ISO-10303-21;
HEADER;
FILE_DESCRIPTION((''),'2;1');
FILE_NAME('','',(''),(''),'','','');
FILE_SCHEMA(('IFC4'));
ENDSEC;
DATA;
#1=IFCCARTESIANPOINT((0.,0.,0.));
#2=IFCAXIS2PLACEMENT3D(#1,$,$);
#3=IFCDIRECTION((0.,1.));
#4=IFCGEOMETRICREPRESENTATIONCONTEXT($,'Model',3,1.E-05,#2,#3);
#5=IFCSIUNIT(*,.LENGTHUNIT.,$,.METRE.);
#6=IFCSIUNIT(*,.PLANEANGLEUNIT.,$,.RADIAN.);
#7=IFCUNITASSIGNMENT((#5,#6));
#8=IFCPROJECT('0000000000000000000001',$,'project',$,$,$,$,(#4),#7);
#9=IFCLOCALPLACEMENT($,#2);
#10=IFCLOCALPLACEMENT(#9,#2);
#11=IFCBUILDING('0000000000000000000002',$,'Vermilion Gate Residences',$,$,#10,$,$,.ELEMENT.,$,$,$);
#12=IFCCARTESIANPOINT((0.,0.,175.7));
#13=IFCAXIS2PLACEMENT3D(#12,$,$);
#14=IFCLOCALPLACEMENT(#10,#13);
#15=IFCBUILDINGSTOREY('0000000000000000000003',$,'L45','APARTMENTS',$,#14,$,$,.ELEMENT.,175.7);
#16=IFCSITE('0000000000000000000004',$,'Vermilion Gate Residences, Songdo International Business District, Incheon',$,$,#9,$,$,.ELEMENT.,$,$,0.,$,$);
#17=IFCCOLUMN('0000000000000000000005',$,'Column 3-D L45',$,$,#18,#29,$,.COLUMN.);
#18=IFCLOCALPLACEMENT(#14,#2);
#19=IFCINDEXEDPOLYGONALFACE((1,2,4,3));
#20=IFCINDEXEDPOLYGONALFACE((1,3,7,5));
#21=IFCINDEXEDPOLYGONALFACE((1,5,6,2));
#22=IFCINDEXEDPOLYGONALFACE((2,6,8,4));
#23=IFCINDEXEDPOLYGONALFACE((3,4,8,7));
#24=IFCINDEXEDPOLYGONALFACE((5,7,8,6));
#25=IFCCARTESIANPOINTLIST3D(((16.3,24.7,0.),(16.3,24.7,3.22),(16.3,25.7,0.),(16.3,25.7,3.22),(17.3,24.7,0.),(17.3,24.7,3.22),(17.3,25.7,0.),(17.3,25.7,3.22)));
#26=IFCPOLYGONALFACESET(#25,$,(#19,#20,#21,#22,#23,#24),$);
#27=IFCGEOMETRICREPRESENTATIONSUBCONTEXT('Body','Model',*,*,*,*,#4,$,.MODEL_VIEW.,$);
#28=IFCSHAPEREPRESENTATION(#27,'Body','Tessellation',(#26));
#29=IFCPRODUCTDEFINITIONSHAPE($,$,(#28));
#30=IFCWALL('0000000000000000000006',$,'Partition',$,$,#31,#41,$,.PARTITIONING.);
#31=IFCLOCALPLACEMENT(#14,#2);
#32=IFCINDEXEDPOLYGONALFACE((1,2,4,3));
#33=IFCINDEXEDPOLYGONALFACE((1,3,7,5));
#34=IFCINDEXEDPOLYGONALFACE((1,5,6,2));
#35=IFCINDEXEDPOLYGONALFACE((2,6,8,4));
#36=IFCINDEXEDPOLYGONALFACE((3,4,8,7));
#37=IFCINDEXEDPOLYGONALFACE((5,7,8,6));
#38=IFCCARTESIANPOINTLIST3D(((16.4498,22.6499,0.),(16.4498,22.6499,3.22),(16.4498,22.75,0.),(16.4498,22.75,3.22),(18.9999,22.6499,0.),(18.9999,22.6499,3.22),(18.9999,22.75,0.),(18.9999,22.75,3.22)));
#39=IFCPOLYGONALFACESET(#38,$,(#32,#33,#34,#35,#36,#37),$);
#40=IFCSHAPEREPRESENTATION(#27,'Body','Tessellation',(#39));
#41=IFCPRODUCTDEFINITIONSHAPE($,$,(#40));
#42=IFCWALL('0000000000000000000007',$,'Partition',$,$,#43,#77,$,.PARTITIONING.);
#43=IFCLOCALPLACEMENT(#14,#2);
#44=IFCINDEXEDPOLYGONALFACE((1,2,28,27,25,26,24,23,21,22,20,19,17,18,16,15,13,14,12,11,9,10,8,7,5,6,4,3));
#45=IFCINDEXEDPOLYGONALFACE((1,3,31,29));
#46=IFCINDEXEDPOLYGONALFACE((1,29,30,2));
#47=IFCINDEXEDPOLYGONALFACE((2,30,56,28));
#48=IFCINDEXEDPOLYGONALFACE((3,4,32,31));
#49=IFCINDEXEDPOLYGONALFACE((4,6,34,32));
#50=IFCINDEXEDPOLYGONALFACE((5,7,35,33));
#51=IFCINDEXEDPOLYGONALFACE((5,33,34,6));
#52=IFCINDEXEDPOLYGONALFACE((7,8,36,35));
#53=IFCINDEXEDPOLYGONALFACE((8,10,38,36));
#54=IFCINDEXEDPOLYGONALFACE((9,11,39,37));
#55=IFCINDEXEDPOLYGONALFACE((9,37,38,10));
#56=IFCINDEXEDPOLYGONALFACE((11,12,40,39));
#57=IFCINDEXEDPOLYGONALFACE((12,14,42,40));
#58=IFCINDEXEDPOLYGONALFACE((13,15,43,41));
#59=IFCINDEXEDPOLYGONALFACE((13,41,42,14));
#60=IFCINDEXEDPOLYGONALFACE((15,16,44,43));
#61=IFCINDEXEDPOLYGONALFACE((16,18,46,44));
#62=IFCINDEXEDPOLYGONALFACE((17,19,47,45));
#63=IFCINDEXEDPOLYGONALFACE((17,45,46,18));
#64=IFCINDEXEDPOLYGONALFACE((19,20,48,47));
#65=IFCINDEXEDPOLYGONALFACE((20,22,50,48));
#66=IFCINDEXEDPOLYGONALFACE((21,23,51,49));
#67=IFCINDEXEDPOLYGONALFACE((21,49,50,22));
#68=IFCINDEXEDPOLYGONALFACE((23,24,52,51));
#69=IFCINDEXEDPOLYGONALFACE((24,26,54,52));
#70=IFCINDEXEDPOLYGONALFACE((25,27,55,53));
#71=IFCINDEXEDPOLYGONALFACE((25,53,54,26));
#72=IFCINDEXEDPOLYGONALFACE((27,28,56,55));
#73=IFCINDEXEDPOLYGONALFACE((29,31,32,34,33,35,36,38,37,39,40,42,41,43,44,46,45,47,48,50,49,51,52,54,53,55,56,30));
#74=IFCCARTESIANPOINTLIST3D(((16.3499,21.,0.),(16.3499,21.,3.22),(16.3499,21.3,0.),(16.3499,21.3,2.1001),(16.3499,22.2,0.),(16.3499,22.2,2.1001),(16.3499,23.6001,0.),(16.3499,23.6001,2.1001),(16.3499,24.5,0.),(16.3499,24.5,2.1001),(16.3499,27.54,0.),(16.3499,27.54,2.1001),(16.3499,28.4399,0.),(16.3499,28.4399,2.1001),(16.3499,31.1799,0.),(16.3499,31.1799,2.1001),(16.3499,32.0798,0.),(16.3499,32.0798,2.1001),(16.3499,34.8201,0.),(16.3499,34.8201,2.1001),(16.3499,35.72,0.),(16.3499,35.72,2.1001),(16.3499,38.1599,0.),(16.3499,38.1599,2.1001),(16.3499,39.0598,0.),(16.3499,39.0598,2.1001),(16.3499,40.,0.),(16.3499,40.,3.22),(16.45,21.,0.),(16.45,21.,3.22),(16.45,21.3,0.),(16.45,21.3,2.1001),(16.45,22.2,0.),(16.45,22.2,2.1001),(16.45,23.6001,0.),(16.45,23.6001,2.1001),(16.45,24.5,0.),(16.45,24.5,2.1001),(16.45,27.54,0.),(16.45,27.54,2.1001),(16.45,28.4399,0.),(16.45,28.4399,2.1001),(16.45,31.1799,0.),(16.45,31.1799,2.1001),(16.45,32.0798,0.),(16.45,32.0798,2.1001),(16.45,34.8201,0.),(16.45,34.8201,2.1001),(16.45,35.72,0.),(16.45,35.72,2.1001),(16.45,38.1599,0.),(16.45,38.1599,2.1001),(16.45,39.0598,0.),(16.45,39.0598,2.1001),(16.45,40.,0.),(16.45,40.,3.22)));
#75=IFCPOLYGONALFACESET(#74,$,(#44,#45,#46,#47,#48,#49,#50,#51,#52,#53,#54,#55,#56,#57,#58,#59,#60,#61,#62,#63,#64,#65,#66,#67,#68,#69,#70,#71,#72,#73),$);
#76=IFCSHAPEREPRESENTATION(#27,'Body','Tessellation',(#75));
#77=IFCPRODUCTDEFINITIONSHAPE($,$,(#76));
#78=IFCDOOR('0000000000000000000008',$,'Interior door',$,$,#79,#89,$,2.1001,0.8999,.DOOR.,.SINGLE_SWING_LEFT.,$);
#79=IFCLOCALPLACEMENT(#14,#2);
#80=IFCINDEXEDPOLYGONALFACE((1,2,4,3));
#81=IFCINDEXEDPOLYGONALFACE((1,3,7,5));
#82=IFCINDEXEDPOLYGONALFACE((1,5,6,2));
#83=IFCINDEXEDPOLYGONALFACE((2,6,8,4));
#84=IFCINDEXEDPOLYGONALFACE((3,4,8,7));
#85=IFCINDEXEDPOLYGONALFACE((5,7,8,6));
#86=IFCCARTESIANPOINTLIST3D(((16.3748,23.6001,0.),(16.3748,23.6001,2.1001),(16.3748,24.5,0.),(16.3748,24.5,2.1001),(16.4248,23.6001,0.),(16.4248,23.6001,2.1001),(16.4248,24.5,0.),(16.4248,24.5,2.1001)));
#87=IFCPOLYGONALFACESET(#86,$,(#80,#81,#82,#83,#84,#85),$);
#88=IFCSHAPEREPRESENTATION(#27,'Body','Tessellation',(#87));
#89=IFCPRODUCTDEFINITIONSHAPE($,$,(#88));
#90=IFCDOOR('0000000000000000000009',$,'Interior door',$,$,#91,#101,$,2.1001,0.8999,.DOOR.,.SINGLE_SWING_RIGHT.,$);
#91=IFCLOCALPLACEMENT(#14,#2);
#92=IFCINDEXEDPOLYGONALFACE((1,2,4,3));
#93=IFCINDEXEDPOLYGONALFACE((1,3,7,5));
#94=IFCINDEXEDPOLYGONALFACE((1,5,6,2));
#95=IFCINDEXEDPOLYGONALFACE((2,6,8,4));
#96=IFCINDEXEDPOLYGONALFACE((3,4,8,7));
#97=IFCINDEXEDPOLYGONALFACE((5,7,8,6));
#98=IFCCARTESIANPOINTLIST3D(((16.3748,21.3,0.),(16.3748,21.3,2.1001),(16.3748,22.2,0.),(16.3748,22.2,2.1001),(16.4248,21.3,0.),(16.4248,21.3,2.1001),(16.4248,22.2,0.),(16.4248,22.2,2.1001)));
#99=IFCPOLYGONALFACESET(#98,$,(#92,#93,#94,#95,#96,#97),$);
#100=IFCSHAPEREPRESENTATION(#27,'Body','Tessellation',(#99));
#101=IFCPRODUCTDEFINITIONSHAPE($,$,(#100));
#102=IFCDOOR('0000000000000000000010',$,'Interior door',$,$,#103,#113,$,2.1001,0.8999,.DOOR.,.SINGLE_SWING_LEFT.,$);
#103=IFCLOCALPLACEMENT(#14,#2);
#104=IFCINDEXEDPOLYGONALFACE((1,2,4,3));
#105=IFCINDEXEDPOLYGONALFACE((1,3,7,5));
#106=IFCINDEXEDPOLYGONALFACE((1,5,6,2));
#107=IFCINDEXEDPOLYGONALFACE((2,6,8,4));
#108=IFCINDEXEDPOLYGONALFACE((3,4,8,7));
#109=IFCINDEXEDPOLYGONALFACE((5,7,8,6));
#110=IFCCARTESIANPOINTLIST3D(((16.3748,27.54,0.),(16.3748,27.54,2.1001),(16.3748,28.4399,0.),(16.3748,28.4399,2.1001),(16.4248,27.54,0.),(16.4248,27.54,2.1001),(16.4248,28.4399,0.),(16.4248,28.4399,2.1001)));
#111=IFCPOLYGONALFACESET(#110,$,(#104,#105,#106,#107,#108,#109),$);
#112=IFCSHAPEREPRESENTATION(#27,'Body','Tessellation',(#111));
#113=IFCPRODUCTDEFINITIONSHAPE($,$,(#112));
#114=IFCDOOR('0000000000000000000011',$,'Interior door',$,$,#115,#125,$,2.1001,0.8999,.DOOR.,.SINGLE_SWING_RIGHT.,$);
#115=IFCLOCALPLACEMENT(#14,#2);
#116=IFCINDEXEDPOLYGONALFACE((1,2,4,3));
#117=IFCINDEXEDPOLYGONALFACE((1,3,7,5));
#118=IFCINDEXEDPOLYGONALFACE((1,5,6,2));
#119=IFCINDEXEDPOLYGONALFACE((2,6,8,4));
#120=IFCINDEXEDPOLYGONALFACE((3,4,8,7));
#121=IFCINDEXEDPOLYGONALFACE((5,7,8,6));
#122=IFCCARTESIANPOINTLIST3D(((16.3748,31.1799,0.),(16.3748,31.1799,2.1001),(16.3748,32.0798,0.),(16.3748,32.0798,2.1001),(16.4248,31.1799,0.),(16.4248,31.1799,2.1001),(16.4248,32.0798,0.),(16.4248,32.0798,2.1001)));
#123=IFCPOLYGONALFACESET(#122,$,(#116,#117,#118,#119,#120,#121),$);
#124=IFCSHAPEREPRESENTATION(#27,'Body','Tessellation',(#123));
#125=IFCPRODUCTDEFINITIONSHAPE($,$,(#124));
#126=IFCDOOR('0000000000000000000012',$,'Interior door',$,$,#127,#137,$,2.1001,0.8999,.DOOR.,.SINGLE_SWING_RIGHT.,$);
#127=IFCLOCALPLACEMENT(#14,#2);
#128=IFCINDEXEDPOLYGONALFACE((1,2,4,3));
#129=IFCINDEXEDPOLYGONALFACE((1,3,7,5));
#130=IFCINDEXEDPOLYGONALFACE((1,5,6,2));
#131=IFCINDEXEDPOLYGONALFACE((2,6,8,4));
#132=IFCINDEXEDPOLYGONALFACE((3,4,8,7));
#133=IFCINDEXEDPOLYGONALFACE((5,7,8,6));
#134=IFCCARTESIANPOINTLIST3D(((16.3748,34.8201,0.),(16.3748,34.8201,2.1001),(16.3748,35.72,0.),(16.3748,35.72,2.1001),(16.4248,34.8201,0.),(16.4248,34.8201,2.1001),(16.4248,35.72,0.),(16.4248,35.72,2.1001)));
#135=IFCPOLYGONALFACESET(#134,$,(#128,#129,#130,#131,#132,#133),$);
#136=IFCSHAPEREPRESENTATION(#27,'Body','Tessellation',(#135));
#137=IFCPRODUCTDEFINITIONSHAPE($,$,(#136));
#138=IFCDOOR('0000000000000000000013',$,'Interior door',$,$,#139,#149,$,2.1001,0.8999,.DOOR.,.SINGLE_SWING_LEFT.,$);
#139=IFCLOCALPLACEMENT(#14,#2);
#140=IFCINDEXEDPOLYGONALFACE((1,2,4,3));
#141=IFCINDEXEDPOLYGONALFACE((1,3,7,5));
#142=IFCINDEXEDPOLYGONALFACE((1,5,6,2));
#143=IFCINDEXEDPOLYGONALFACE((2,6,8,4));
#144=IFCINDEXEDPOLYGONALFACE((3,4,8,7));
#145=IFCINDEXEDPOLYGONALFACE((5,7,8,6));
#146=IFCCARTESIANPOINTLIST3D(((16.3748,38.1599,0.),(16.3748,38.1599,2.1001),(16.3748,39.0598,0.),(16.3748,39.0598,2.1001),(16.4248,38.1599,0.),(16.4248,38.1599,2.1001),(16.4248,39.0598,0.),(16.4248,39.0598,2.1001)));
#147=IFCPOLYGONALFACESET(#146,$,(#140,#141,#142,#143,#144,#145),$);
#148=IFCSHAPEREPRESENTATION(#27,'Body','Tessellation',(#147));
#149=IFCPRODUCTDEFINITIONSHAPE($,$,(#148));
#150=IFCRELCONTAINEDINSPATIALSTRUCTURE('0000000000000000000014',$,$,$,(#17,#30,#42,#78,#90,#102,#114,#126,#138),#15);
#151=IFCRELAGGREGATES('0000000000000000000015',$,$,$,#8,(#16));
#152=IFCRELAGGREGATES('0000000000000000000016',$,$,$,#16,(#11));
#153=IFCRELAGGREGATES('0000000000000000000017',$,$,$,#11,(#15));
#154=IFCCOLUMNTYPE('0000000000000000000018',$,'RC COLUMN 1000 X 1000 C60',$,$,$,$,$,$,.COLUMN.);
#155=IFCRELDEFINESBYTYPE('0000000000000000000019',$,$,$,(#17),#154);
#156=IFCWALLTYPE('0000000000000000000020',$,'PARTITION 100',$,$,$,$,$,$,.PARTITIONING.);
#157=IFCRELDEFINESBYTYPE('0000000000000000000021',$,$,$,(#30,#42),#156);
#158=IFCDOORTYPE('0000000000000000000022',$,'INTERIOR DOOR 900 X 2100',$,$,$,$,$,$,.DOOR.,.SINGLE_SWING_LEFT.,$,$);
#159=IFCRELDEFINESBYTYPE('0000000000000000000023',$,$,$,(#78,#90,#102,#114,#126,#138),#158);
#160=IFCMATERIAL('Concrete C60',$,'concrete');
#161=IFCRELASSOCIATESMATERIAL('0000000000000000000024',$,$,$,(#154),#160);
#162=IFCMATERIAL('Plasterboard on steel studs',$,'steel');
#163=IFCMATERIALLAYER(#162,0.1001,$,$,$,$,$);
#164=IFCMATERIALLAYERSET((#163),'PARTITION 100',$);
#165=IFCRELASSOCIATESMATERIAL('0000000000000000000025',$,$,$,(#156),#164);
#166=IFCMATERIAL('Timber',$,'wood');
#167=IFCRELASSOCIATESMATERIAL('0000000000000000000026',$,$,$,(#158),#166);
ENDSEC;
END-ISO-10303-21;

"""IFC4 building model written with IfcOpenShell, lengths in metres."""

from ifc_helpers import new_model, si_unit, direction, frame, frame_2d, origin, origin_2d, place, context, subcontext, project, spatial, rectangle, extrude, material, layer, layer_set, material_profile, profile_set, type_object, element, fill, save


model = new_model("IFC4")

# Units and contexts
model_context = context("Model", 3, precision=1e-05, world=origin(), true_north=direction((0.0, 1.0)))
body_context = subcontext(model_context, "Body", "Model", "MODEL_VIEW")
ifc_project = project(units=[si_unit("LENGTHUNIT", "METRE"), si_unit("PLANEANGLEUNIT", "RADIAN")], contexts=[model_context])

# Site, building, storey
site_placement = place(None, origin())
site = spatial("IfcSite", under=ifc_project, at=site_placement, Name="Vermilion Gate Residences, Songdo International Business District, Incheon", CompositionType="ELEMENT", RefElevation=0.0)
building_placement = place(site_placement, origin())
building = spatial("IfcBuilding", under=site, at=building_placement, Name="Vermilion Gate Residences", CompositionType="ELEMENT")
storey_placement = place(building_placement, frame((0.0, 0.0, 175.7)))
storey = spatial("IfcBuildingStorey", under=building, at=storey_placement, Name="L45", Description="APARTMENTS", CompositionType="ELEMENT", Elevation=175.7)

# Column
ifc_material_1 = material(Name="Concrete C60", Category="concrete")
ifc_material_profile = material_profile(ifc_material_1, rectangle(XDim=1.0, YDim=1.0, at=origin_2d()), Name="RC-1000x1000")
ifc_profile_set = profile_set([ifc_material_profile], Name="Concrete C60")
column_type = type_object("IfcColumnType", Name="RC COLUMN 1000 X 1000 C60", PredefinedType="COLUMN", material=ifc_profile_set)
column_placement = place(storey_placement, frame((16.8, 25.2, 0.0), z_axis=(0.0, 0.0, 1.0), x_axis=(1.0, 0.0, 0.0)))
element("IfcColumn", 1, at=column_placement, inside=storey, type_object=column_type, Name="Column 3-D L45", PredefinedType="COLUMN", context=body_context, shape_type="SweptSolid", body=[
    extrude(rectangle(XDim=1.0, YDim=1.0, at=origin_2d()), origin(), (0.0, 0.0, 1.0), 3.22),
])

# Wall
ifc_material_2 = material(Name="Plasterboard on steel studs", Category="steel")
ifc_layer_1 = layer(ifc_material_2, 0.1001)
ifc_layer_set_1 = layer_set([ifc_layer_1], Name="PARTITION 100")
wall_type_1 = type_object("IfcWallType", Name="PARTITION 100", PredefinedType="PARTITIONING", material=ifc_layer_set_1)
wall_1_placement = place(storey_placement, frame((16.45, 22.7, 0.0), z_axis=(0.0, 0.0, 1.0), x_axis=(1.0, 0.0, 0.0)))
element("IfcWall", 2, at=wall_1_placement, inside=storey, type_object=wall_type_1, Name="Partition", PredefinedType="PARTITIONING", context=body_context, shape_type="SweptSolid", body=[
    extrude(rectangle(XDim=2.55, YDim=0.1001, at=frame_2d((1.2749, 0.0))), origin(), (0.0, 0.0, 1.0), 3.22),
])

# Wall, openings, doors
wall_2_placement = place(storey_placement, frame((16.3999, 21.0, 0.0), z_axis=(0.0, 0.0, 1.0), x_axis=(0.0, 1.0, 0.0)))
wall_2 = element("IfcWall", 3, at=wall_2_placement, inside=storey, type_object=wall_type_1, Name="Partition", PredefinedType="PARTITIONING", context=body_context, shape_type="SweptSolid", body=[
    extrude(rectangle(XDim=19.0, YDim=0.1001, at=frame_2d((9.5, 0.0))), origin(), (0.0, 0.0, 1.0), 3.22),
])
opening_1_placement = place(wall_2_placement, frame((2.6001, 0.0, 0.0)))
opening_1 = element("IfcOpeningElement", 4, at=opening_1_placement, cuts=wall_2, PredefinedType="OPENING", context=body_context, shape_type="SweptSolid", body=[
    extrude(rectangle(XDim=0.8999, YDim=2.1001, at=frame_2d((0.45, 1.05))), frame((0.0, 0.0601, 0.0), z_axis=(0.0, -1.0, 0.0), x_axis=(1.0, 0.0, 0.0)), (0.0, 0.0, 1.0), 0.1201),
])
opening_2_placement = place(wall_2_placement, frame((0.3, 0.0, 0.0)))
opening_2 = element("IfcOpeningElement", 5, at=opening_2_placement, cuts=wall_2, PredefinedType="OPENING", context=body_context, shape_type="SweptSolid", body=[
    extrude(rectangle(XDim=0.8999, YDim=2.1001, at=frame_2d((0.45, 1.05))), frame((0.0, 0.0601, 0.0), z_axis=(0.0, -1.0, 0.0), x_axis=(1.0, 0.0, 0.0)), (0.0, 0.0, 1.0), 0.1201),
])
opening_3_placement = place(wall_2_placement, frame((6.54, 0.0, 0.0)))
opening_3 = element("IfcOpeningElement", 6, at=opening_3_placement, cuts=wall_2, PredefinedType="OPENING", context=body_context, shape_type="SweptSolid", body=[
    extrude(rectangle(XDim=0.8999, YDim=2.1001, at=frame_2d((0.45, 1.05))), frame((0.0, 0.0601, 0.0), z_axis=(0.0, -1.0, 0.0), x_axis=(1.0, 0.0, 0.0)), (0.0, 0.0, 1.0), 0.1201),
])
opening_4_placement = place(wall_2_placement, frame((10.1799, 0.0, 0.0)))
opening_4 = element("IfcOpeningElement", 7, at=opening_4_placement, cuts=wall_2, PredefinedType="OPENING", context=body_context, shape_type="SweptSolid", body=[
    extrude(rectangle(XDim=0.8999, YDim=2.1001, at=frame_2d((0.45, 1.05))), frame((0.0, 0.0601, 0.0), z_axis=(0.0, -1.0, 0.0), x_axis=(1.0, 0.0, 0.0)), (0.0, 0.0, 1.0), 0.1201),
])
opening_5_placement = place(wall_2_placement, frame((13.8201, 0.0, 0.0)))
opening_5 = element("IfcOpeningElement", 8, at=opening_5_placement, cuts=wall_2, PredefinedType="OPENING", context=body_context, shape_type="SweptSolid", body=[
    extrude(rectangle(XDim=0.8999, YDim=2.1001, at=frame_2d((0.45, 1.05))), frame((0.0, 0.0601, 0.0), z_axis=(0.0, -1.0, 0.0), x_axis=(1.0, 0.0, 0.0)), (0.0, 0.0, 1.0), 0.1201),
])
opening_6_placement = place(wall_2_placement, frame((17.1599, 0.0, 0.0)))
opening_6 = element("IfcOpeningElement", 9, at=opening_6_placement, cuts=wall_2, PredefinedType="OPENING", context=body_context, shape_type="SweptSolid", body=[
    extrude(rectangle(XDim=0.8999, YDim=2.1001, at=frame_2d((0.45, 1.05))), frame((0.0, 0.0601, 0.0), z_axis=(0.0, -1.0, 0.0), x_axis=(1.0, 0.0, 0.0)), (0.0, 0.0, 1.0), 0.1201),
])
ifc_material_3 = material(Name="Timber", Category="wood")
door_type_1 = type_object("IfcDoorType", Name="INTERIOR DOOR 900 X 2100", OperationType="SINGLE_SWING_LEFT", PredefinedType="DOOR", material=ifc_material_3)
door_1_placement = place(opening_1_placement, frame((0.8999, 0.0, 0.0), z_axis=(0.0, 0.0, 1.0), x_axis=(-1.0, 0.0, 0.0)))
door_1 = element("IfcDoor", 10, at=door_1_placement, inside=storey, type_object=door_type_1, Name="Interior door", OperationType="SINGLE_SWING_LEFT", OverallHeight=2.1001, OverallWidth=0.8999, PredefinedType="DOOR", context=body_context, shape_type="SweptSolid", body=[
    extrude(rectangle(XDim=0.8999, YDim=2.1001, at=frame_2d((0.45, 1.05))), frame((0.0, 0.0249, 0.0), z_axis=(0.0, -1.0, 0.0), x_axis=(1.0, 0.0, 0.0)), (0.0, 0.0, 1.0), 0.05),
])
fill(opening_1, door_1)
door_2_placement = place(opening_2_placement, frame((0.8999, 0.0, 0.0), z_axis=(0.0, 0.0, 1.0), x_axis=(-1.0, 0.0, 0.0)))
door_2 = element("IfcDoor", 11, at=door_2_placement, inside=storey, type_object=door_type_1, Name="Interior door", OperationType="SINGLE_SWING_RIGHT", OverallHeight=2.1001, OverallWidth=0.8999, PredefinedType="DOOR", context=body_context, shape_type="SweptSolid", body=[
    extrude(rectangle(XDim=0.8999, YDim=2.1001, at=frame_2d((0.45, 1.05))), frame((0.0, 0.0249, 0.0), z_axis=(0.0, -1.0, 0.0), x_axis=(1.0, 0.0, 0.0)), (0.0, 0.0, 1.0), 0.05),
])
fill(opening_2, door_2)
door_3_placement = place(opening_3_placement, frame((0.8999, 0.0, 0.0), z_axis=(0.0, 0.0, 1.0), x_axis=(-1.0, 0.0, 0.0)))
door_3 = element("IfcDoor", 12, at=door_3_placement, inside=storey, type_object=door_type_1, Name="Interior door", OperationType="SINGLE_SWING_LEFT", OverallHeight=2.1001, OverallWidth=0.8999, PredefinedType="DOOR", context=body_context, shape_type="SweptSolid", body=[
    extrude(rectangle(XDim=0.8999, YDim=2.1001, at=frame_2d((0.45, 1.05))), frame((0.0, 0.0249, 0.0), z_axis=(0.0, -1.0, 0.0), x_axis=(1.0, 0.0, 0.0)), (0.0, 0.0, 1.0), 0.05),
])
fill(opening_3, door_3)
door_4_placement = place(opening_4_placement, frame((0.8999, 0.0, 0.0), z_axis=(0.0, 0.0, 1.0), x_axis=(-1.0, 0.0, 0.0)))
door_4 = element("IfcDoor", 13, at=door_4_placement, inside=storey, type_object=door_type_1, Name="Interior door", OperationType="SINGLE_SWING_RIGHT", OverallHeight=2.1001, OverallWidth=0.8999, PredefinedType="DOOR", context=body_context, shape_type="SweptSolid", body=[
    extrude(rectangle(XDim=0.8999, YDim=2.1001, at=frame_2d((0.45, 1.05))), frame((0.0, 0.0249, 0.0), z_axis=(0.0, -1.0, 0.0), x_axis=(1.0, 0.0, 0.0)), (0.0, 0.0, 1.0), 0.05),
])
fill(opening_4, door_4)
door_5_placement = place(opening_5_placement, frame((0.8999, 0.0, 0.0), z_axis=(0.0, 0.0, 1.0), x_axis=(-1.0, 0.0, 0.0)))
door_5 = element("IfcDoor", 14, at=door_5_placement, inside=storey, type_object=door_type_1, Name="Interior door", OperationType="SINGLE_SWING_RIGHT", OverallHeight=2.1001, OverallWidth=0.8999, PredefinedType="DOOR", context=body_context, shape_type="SweptSolid", body=[
    extrude(rectangle(XDim=0.8999, YDim=2.1001, at=frame_2d((0.45, 1.05))), frame((0.0, 0.0249, 0.0), z_axis=(0.0, -1.0, 0.0), x_axis=(1.0, 0.0, 0.0)), (0.0, 0.0, 1.0), 0.05),
])
fill(opening_5, door_5)
door_6_placement = place(opening_6_placement, frame((0.8999, 0.0, 0.0), z_axis=(0.0, 0.0, 1.0), x_axis=(-1.0, 0.0, 0.0)))
door_6 = element("IfcDoor", 15, at=door_6_placement, inside=storey, type_object=door_type_1, Name="Interior door", OperationType="SINGLE_SWING_LEFT", OverallHeight=2.1001, OverallWidth=0.8999, PredefinedType="DOOR", context=body_context, shape_type="SweptSolid", body=[
    extrude(rectangle(XDim=0.8999, YDim=2.1001, at=frame_2d((0.45, 1.05))), frame((0.0, 0.0249, 0.0), z_axis=(0.0, -1.0, 0.0), x_axis=(1.0, 0.0, 0.0)), (0.0, 0.0, 1.0), 0.05),
])
fill(opening_6, door_6)

save(model, "model.ifc")
